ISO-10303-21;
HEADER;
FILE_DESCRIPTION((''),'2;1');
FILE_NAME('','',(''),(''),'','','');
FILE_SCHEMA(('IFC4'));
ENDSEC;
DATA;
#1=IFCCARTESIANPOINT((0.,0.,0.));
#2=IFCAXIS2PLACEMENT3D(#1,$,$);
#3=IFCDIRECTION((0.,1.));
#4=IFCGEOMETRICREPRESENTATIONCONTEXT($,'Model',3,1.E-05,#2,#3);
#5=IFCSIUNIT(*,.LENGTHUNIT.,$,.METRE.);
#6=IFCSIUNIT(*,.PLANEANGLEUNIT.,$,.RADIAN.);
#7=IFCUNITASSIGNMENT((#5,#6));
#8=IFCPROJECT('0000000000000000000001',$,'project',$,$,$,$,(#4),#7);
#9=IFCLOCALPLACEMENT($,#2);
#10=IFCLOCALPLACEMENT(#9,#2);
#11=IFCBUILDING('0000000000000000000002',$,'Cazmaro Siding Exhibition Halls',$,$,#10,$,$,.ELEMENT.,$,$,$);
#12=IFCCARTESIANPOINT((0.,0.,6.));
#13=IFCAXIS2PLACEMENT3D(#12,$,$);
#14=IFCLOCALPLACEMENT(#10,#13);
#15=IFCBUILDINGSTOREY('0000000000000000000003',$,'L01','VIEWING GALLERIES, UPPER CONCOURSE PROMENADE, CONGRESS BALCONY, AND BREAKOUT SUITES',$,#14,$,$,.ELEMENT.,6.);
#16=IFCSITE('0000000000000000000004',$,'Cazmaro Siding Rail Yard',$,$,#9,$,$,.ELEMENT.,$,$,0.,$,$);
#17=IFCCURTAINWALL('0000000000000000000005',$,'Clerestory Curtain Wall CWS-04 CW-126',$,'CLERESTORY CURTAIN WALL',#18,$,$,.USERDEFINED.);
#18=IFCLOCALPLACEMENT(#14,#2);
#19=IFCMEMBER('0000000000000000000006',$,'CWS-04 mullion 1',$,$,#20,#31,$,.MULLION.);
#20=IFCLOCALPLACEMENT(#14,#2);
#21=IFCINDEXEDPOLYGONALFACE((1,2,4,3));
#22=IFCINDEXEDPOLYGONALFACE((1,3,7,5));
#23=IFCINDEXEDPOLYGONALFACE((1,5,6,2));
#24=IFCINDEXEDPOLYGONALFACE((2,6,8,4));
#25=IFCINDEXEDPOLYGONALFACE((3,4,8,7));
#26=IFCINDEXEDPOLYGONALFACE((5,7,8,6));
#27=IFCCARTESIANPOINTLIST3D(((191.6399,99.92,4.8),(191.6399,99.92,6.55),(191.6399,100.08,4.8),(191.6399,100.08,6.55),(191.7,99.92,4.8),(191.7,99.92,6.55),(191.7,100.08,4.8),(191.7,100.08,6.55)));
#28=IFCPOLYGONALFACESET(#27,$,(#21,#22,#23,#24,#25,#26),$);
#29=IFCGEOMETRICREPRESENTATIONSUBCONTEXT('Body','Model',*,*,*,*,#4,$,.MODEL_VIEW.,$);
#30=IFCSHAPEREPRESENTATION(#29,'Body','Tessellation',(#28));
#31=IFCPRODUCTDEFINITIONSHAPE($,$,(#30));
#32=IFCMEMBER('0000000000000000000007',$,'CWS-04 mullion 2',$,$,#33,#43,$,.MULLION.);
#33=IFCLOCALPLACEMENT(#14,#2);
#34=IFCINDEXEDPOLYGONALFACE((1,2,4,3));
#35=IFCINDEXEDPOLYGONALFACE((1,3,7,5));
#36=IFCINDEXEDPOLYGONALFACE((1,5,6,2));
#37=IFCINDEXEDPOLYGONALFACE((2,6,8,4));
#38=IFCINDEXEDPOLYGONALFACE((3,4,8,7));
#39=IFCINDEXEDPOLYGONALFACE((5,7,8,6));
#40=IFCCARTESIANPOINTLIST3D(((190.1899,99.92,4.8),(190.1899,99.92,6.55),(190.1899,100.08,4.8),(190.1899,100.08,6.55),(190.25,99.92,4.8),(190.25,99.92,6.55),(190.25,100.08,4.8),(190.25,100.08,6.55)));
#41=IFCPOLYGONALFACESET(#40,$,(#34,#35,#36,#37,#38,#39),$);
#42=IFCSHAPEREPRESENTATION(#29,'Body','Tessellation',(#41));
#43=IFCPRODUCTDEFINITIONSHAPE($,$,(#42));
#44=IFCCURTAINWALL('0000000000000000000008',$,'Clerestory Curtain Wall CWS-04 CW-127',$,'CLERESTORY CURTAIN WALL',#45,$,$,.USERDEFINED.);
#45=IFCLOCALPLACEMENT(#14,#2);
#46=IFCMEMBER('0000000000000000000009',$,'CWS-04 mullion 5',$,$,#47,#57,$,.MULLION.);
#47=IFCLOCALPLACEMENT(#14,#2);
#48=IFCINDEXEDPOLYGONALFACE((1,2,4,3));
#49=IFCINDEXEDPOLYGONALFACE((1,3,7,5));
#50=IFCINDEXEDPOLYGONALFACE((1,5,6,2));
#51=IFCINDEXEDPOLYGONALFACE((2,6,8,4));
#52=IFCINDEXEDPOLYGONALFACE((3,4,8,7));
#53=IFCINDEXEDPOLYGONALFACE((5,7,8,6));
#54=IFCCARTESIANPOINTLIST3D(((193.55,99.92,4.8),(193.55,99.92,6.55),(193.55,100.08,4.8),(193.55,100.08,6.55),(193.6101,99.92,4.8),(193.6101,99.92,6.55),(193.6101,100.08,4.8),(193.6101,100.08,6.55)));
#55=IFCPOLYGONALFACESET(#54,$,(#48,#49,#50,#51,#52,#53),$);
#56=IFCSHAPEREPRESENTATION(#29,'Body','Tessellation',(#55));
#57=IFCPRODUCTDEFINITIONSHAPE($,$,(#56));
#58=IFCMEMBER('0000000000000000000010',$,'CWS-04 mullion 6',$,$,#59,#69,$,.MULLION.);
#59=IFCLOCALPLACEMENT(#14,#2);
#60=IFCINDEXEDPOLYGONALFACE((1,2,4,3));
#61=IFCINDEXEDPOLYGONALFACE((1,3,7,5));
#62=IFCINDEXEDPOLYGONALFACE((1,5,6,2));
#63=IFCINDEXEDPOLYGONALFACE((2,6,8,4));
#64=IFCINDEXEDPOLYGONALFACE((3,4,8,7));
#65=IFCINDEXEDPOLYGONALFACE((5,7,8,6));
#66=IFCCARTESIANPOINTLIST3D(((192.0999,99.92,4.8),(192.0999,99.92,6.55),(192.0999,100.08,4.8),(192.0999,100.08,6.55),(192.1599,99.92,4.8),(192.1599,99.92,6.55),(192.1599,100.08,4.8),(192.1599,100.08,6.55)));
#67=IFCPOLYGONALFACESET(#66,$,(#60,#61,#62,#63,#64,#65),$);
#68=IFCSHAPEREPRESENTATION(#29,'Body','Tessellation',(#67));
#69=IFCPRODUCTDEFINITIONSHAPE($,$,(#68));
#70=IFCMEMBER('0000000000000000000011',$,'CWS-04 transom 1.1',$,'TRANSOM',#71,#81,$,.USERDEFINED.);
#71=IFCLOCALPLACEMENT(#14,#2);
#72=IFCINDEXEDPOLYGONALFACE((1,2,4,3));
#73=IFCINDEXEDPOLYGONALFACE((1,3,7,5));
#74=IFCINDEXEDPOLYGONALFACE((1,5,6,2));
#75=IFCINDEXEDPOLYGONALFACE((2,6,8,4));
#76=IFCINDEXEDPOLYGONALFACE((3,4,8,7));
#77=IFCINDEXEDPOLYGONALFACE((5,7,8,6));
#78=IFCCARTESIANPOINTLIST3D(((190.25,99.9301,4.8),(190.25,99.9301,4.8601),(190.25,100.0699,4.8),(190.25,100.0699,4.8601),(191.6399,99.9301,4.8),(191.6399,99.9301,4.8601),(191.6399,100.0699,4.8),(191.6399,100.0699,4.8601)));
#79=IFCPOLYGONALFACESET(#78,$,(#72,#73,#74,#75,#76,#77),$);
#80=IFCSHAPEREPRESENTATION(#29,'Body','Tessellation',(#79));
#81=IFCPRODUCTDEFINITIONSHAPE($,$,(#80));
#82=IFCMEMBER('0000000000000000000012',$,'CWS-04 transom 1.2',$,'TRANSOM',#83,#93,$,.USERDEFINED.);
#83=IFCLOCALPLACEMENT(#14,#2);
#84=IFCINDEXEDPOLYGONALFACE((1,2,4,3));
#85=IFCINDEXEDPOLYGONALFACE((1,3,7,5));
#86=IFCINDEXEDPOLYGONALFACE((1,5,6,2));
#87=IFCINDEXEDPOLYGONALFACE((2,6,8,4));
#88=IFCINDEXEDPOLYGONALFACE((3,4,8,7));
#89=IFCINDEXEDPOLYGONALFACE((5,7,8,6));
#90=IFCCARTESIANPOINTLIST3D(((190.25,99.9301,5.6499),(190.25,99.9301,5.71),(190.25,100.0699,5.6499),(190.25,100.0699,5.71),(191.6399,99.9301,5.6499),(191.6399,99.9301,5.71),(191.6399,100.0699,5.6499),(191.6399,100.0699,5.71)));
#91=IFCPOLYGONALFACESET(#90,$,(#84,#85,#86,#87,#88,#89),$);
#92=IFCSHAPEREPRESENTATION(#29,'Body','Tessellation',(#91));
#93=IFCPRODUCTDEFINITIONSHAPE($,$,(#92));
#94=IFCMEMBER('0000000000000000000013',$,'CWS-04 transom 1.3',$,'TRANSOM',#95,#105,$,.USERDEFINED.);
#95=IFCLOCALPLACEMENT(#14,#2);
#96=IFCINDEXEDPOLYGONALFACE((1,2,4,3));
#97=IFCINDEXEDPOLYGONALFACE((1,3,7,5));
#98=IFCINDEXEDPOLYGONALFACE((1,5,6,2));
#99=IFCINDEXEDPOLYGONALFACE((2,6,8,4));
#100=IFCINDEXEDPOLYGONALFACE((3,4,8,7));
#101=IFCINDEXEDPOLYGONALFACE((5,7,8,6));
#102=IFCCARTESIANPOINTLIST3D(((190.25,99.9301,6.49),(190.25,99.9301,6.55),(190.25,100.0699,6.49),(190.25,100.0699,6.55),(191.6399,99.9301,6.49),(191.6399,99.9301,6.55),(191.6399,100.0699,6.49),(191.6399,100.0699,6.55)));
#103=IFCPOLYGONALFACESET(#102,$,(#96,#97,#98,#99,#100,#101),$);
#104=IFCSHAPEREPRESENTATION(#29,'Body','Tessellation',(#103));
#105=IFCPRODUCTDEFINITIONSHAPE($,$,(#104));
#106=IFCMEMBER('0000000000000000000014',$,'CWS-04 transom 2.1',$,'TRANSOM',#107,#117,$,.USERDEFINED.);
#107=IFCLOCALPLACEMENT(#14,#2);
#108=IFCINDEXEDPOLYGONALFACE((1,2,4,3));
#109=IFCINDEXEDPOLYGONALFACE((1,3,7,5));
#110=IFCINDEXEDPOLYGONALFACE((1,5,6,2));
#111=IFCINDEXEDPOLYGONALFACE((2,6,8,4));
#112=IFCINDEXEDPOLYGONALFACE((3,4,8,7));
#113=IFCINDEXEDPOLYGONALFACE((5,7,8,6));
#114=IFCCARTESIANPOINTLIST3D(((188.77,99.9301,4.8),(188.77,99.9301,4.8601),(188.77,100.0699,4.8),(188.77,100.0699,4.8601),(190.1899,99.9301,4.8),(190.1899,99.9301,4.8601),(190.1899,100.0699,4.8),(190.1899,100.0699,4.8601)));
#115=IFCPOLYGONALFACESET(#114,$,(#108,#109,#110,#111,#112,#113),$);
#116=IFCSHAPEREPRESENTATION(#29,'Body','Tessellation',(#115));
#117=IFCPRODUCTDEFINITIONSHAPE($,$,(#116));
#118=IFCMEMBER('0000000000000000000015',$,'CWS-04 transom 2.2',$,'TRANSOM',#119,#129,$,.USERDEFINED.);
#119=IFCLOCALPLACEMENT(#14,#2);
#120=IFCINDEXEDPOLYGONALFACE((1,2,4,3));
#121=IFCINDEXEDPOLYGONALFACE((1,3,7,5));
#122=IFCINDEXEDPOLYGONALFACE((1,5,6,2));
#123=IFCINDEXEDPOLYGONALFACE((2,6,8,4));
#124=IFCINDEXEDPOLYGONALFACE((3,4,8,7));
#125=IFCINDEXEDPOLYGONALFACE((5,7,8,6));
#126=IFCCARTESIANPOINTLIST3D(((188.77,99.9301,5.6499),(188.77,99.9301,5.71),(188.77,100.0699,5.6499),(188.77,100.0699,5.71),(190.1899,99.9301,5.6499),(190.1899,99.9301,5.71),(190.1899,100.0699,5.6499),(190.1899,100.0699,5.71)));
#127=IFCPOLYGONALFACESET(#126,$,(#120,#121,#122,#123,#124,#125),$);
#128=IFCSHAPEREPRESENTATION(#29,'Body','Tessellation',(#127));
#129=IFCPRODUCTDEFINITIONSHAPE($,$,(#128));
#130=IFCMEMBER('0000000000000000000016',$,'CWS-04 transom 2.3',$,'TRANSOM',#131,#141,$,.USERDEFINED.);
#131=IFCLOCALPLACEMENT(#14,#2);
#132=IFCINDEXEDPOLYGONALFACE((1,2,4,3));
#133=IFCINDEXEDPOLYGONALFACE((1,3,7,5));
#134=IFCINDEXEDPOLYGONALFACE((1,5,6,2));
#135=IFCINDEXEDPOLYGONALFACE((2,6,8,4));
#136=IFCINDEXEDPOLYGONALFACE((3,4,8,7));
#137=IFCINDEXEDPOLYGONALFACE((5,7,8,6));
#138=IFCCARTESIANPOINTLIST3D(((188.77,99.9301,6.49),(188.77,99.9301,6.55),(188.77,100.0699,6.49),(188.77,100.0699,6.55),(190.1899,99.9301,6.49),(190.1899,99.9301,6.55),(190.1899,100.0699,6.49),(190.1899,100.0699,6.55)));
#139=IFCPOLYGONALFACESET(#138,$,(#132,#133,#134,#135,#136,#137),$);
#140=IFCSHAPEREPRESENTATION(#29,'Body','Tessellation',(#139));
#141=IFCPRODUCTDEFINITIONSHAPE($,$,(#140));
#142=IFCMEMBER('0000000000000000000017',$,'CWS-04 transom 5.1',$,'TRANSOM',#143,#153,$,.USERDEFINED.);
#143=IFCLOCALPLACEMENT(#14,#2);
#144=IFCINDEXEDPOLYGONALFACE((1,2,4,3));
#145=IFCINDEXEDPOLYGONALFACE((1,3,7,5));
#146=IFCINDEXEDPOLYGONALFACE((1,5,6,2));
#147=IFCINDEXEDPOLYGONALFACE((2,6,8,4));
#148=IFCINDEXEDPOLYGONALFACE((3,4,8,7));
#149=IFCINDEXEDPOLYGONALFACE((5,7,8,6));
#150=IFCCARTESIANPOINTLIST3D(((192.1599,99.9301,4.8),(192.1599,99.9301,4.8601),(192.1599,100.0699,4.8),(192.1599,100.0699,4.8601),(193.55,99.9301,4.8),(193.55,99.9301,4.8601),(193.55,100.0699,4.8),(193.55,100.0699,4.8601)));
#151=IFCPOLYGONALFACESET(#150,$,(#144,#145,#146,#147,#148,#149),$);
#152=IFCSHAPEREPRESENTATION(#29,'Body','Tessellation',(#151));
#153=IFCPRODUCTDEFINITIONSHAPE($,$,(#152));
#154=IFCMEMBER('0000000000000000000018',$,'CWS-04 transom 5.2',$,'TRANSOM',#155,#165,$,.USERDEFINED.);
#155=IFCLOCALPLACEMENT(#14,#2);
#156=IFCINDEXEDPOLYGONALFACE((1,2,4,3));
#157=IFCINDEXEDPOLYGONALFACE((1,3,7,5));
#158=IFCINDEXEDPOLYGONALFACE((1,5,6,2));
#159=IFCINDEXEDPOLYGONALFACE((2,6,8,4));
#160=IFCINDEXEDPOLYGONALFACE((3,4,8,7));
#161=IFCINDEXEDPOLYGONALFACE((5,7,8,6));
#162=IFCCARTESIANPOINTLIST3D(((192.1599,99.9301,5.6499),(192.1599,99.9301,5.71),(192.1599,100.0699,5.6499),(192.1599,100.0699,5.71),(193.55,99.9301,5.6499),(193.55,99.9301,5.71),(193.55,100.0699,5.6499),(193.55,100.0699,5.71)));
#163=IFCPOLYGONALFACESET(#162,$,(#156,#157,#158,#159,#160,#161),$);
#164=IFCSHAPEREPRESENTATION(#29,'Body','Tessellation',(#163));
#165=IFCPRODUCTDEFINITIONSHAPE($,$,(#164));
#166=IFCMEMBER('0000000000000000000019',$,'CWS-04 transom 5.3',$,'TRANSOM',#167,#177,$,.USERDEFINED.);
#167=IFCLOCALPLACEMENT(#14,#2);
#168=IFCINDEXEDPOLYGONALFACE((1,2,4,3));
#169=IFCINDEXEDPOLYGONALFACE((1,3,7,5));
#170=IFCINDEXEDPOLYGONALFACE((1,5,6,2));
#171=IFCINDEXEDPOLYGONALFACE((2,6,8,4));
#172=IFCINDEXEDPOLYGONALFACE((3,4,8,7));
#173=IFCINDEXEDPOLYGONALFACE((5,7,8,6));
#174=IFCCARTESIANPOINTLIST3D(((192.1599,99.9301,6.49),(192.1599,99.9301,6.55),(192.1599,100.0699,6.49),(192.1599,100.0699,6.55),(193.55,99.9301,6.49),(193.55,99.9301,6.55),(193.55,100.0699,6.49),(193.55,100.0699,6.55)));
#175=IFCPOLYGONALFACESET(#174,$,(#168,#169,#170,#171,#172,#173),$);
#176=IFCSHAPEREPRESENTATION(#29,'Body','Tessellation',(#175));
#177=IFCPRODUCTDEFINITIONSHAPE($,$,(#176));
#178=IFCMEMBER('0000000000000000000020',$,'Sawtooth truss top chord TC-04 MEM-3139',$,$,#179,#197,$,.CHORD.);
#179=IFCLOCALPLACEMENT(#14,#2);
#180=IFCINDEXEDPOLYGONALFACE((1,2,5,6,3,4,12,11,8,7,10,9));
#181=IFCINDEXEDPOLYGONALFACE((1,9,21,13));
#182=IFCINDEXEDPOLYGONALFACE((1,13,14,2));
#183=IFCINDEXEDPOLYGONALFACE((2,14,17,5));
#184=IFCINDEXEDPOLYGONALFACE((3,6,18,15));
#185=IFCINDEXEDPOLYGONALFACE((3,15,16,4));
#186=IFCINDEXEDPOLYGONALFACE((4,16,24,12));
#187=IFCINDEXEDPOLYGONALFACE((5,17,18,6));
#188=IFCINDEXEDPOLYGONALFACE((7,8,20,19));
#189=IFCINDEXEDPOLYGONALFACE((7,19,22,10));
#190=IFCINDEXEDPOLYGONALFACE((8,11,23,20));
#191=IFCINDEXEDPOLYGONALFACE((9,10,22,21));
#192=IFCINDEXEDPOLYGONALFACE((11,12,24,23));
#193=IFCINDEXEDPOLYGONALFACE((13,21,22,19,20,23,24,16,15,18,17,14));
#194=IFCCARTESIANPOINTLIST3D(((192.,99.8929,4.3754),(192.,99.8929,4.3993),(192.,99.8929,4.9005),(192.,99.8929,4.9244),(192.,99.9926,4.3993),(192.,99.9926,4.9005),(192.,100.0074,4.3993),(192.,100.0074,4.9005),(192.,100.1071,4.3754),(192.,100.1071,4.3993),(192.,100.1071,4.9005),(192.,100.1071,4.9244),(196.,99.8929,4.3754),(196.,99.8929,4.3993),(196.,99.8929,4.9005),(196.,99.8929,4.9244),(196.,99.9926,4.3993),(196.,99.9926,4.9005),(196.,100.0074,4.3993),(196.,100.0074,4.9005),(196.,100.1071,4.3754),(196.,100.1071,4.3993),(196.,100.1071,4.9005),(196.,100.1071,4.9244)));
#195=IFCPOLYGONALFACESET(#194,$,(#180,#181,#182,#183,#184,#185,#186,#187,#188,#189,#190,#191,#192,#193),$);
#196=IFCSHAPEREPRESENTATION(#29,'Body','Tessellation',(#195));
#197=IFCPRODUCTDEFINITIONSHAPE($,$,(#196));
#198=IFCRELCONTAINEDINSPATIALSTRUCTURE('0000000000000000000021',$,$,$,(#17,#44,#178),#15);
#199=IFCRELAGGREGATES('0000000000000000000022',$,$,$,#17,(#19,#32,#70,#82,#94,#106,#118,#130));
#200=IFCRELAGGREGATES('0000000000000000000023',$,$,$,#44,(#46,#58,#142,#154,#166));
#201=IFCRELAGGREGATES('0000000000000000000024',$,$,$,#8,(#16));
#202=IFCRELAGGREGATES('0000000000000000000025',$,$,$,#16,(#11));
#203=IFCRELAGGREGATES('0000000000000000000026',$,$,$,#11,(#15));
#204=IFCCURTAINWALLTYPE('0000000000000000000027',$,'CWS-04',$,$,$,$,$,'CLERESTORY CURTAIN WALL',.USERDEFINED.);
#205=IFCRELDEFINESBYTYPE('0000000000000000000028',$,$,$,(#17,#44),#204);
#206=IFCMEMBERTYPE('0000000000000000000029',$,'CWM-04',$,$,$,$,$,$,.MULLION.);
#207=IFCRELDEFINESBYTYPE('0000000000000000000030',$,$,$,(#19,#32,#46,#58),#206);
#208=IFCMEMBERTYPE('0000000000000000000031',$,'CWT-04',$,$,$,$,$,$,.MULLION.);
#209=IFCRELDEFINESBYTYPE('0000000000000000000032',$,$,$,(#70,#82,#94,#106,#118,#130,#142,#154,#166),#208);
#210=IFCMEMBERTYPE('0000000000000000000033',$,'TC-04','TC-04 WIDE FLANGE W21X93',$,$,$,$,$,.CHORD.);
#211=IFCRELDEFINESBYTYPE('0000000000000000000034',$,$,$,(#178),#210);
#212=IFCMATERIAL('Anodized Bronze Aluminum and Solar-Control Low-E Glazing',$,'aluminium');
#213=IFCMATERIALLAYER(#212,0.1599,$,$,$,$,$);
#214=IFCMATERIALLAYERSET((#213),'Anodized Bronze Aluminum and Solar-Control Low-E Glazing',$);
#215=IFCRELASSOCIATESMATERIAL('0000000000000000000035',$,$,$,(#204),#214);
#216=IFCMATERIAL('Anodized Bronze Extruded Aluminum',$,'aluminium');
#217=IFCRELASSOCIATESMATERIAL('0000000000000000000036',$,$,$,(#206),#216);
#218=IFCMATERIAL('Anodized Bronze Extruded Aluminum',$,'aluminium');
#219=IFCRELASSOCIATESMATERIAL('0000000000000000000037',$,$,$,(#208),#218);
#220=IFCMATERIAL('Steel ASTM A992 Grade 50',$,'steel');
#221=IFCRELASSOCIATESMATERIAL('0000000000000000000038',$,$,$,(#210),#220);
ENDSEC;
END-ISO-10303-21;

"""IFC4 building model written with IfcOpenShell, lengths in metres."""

from ifc_helpers import new_model, si_unit, direction, frame, origin, origin_2d, place, context, subcontext, project, spatial, rectangle, i_section, extrude, material, layer, layer_set, material_profile, profile_set, type_object, element, aggregate, save


model = new_model("IFC4")

# Units and contexts
model_context = context("Model", 3, precision=1e-05, world=origin(), true_north=direction((0.0, 1.0)))
body_context = subcontext(model_context, "Body", "Model", "MODEL_VIEW")
ifc_project = project(units=[si_unit("LENGTHUNIT", "METRE"), si_unit("PLANEANGLEUNIT", "RADIAN")], contexts=[model_context])

# Site, building, storey
site_placement = place(None, origin())
site = spatial("IfcSite", under=ifc_project, at=site_placement, Name="Cazmaro Siding Rail Yard", CompositionType="ELEMENT", RefElevation=0.0)
building_placement = place(site_placement, origin())
building = spatial("IfcBuilding", under=site, at=building_placement, Name="Cazmaro Siding Exhibition Halls", CompositionType="ELEMENT")
storey_placement = place(building_placement, frame((0.0, 0.0, 6.0)))
storey = spatial("IfcBuildingStorey", under=building, at=storey_placement, Name="L01", Description="VIEWING GALLERIES, UPPER CONCOURSE PROMENADE, CONGRESS BALCONY, AND BREAKOUT SUITES", CompositionType="ELEMENT", Elevation=6.0)

# Curtain walls, members
ifc_material_1 = material(Name="Anodized Bronze Aluminum and Solar-Control Low-E Glazing", Category="aluminium")
ifc_layer_1 = layer(ifc_material_1, 0.1599)
ifc_layer_set_1 = layer_set([ifc_layer_1], Name="Anodized Bronze Aluminum and Solar-Control Low-E Glazing")
curtain_wall_type = type_object("IfcCurtainWallType", Name="CWS-04", ElementType="CLERESTORY CURTAIN WALL", PredefinedType="USERDEFINED", material=ifc_layer_set_1)
curtain_wall_1_placement = place(storey_placement, origin())
curtain_wall_1 = element("IfcCurtainWall", 1, at=curtain_wall_1_placement, inside=storey, type_object=curtain_wall_type, Name="Clerestory Curtain Wall CWS-04 CW-126", ObjectType="CLERESTORY CURTAIN WALL", PredefinedType="USERDEFINED")
ifc_material_2 = material(Name="Anodized Bronze Extruded Aluminum", Category="aluminium")
ifc_material_profile_1 = material_profile(ifc_material_2, rectangle(XDim=0.1599, YDim=0.0601, at=origin_2d()), Name="CWM-04")
ifc_profile_set_1 = profile_set([ifc_material_profile_1], Name="Anodized Bronze Extruded Aluminum")
member_type_1 = type_object("IfcMemberType", Name="CWM-04", PredefinedType="MULLION", material=ifc_profile_set_1)
member_1_placement = place(storey_placement, frame((191.6699, 100.0, 4.8), z_axis=(0.0, 0.0, 1.0), x_axis=(0.0, -1.0, 0.0)))
member_1 = element("IfcMember", 2, at=member_1_placement, type_object=member_type_1, Name="CWS-04 mullion 1", PredefinedType="MULLION", context=body_context, shape_type="SweptSolid", body=[
    extrude(rectangle(XDim=0.1599, YDim=0.0601, at=origin_2d()), origin(), (0.0, 0.0, 1.0), 1.75),
])
member_2_placement = place(storey_placement, frame((190.22, 100.0, 4.8), z_axis=(0.0, 0.0, 1.0), x_axis=(0.0, -1.0, 0.0)))
member_2 = element("IfcMember", 3, at=member_2_placement, type_object=member_type_1, Name="CWS-04 mullion 2", PredefinedType="MULLION", context=body_context, shape_type="SweptSolid", body=[
    extrude(rectangle(XDim=0.1599, YDim=0.0601, at=origin_2d()), origin(), (0.0, 0.0, 1.0), 1.75),
])
curtain_wall_2_placement = place(storey_placement, origin())
curtain_wall_2 = element("IfcCurtainWall", 4, at=curtain_wall_2_placement, inside=storey, type_object=curtain_wall_type, Name="Clerestory Curtain Wall CWS-04 CW-127", ObjectType="CLERESTORY CURTAIN WALL", PredefinedType="USERDEFINED")
member_3_placement = place(storey_placement, frame((193.5801, 100.0, 4.8), z_axis=(0.0, 0.0, 1.0), x_axis=(0.0, -1.0, 0.0)))
member_3 = element("IfcMember", 5, at=member_3_placement, type_object=member_type_1, Name="CWS-04 mullion 5", PredefinedType="MULLION", context=body_context, shape_type="SweptSolid", body=[
    extrude(rectangle(XDim=0.1599, YDim=0.0601, at=origin_2d()), origin(), (0.0, 0.0, 1.0), 1.75),
])
member_4_placement = place(storey_placement, frame((192.1299, 100.0, 4.8), z_axis=(0.0, 0.0, 1.0), x_axis=(0.0, -1.0, 0.0)))
member_4 = element("IfcMember", 6, at=member_4_placement, type_object=member_type_1, Name="CWS-04 mullion 6", PredefinedType="MULLION", context=body_context, shape_type="SweptSolid", body=[
    extrude(rectangle(XDim=0.1599, YDim=0.0601, at=origin_2d()), origin(), (0.0, 0.0, 1.0), 1.75),
])

# Members
ifc_material_3 = material(Name="Anodized Bronze Extruded Aluminum", Category="aluminium")
ifc_material_profile_2 = material_profile(ifc_material_3, rectangle(XDim=0.1399, YDim=0.0601, at=origin_2d()), Name="CWT-04")
ifc_profile_set_2 = profile_set([ifc_material_profile_2], Name="Anodized Bronze Extruded Aluminum")
member_type_2 = type_object("IfcMemberType", Name="CWT-04", PredefinedType="MULLION", material=ifc_profile_set_2)
member_5_placement = place(storey_placement, frame((191.6399, 100.0, 4.8301), z_axis=(-1.0, 0.0, 0.0), x_axis=(0.0, -1.0, 0.0)))
member_5 = element("IfcMember", 7, at=member_5_placement, type_object=member_type_2, Name="CWS-04 transom 1.1", ObjectType="TRANSOM", PredefinedType="USERDEFINED", context=body_context, shape_type="SweptSolid", body=[
    extrude(rectangle(XDim=0.1399, YDim=0.0601, at=origin_2d()), origin(), (0.0, 0.0, 1.0), 1.3899),
])
member_6_placement = place(storey_placement, frame((191.6399, 100.0, 5.6799), z_axis=(-1.0, 0.0, 0.0), x_axis=(0.0, -1.0, 0.0)))
member_6 = element("IfcMember", 8, at=member_6_placement, type_object=member_type_2, Name="CWS-04 transom 1.2", ObjectType="TRANSOM", PredefinedType="USERDEFINED", context=body_context, shape_type="SweptSolid", body=[
    extrude(rectangle(XDim=0.1399, YDim=0.0601, at=origin_2d()), origin(), (0.0, 0.0, 1.0), 1.3899),
])
member_7_placement = place(storey_placement, frame((191.6399, 100.0, 6.52), z_axis=(-1.0, 0.0, 0.0), x_axis=(0.0, -1.0, 0.0)))
member_7 = element("IfcMember", 9, at=member_7_placement, type_object=member_type_2, Name="CWS-04 transom 1.3", ObjectType="TRANSOM", PredefinedType="USERDEFINED", context=body_context, shape_type="SweptSolid", body=[
    extrude(rectangle(XDim=0.1399, YDim=0.0601, at=origin_2d()), origin(), (0.0, 0.0, 1.0), 1.3899),
])
member_8_placement = place(storey_placement, frame((190.1899, 100.0, 4.8301), z_axis=(-1.0, 0.0, 0.0), x_axis=(0.0, -1.0, 0.0)))
member_8 = element("IfcMember", 10, at=member_8_placement, type_object=member_type_2, Name="CWS-04 transom 2.1", ObjectType="TRANSOM", PredefinedType="USERDEFINED", context=body_context, shape_type="SweptSolid", body=[
    extrude(rectangle(XDim=0.1399, YDim=0.0601, at=origin_2d()), origin(), (0.0, 0.0, 1.0), 1.4199),
])
member_9_placement = place(storey_placement, frame((190.1899, 100.0, 5.6799), z_axis=(-1.0, 0.0, 0.0), x_axis=(0.0, -1.0, 0.0)))
member_9 = element("IfcMember", 11, at=member_9_placement, type_object=member_type_2, Name="CWS-04 transom 2.2", ObjectType="TRANSOM", PredefinedType="USERDEFINED", context=body_context, shape_type="SweptSolid", body=[
    extrude(rectangle(XDim=0.1399, YDim=0.0601, at=origin_2d()), origin(), (0.0, 0.0, 1.0), 1.4199),
])
member_10_placement = place(storey_placement, frame((190.1899, 100.0, 6.52), z_axis=(-1.0, 0.0, 0.0), x_axis=(0.0, -1.0, 0.0)))
member_10 = element("IfcMember", 12, at=member_10_placement, type_object=member_type_2, Name="CWS-04 transom 2.3", ObjectType="TRANSOM", PredefinedType="USERDEFINED", context=body_context, shape_type="SweptSolid", body=[
    extrude(rectangle(XDim=0.1399, YDim=0.0601, at=origin_2d()), origin(), (0.0, 0.0, 1.0), 1.4199),
])
member_11_placement = place(storey_placement, frame((193.55, 100.0, 4.8301), z_axis=(-1.0, 0.0, 0.0), x_axis=(0.0, -1.0, 0.0)))
member_11 = element("IfcMember", 13, at=member_11_placement, type_object=member_type_2, Name="CWS-04 transom 5.1", ObjectType="TRANSOM", PredefinedType="USERDEFINED", context=body_context, shape_type="SweptSolid", body=[
    extrude(rectangle(XDim=0.1399, YDim=0.0601, at=origin_2d()), origin(), (0.0, 0.0, 1.0), 1.3901),
])
member_12_placement = place(storey_placement, frame((193.55, 100.0, 5.6799), z_axis=(-1.0, 0.0, 0.0), x_axis=(0.0, -1.0, 0.0)))
member_12 = element("IfcMember", 14, at=member_12_placement, type_object=member_type_2, Name="CWS-04 transom 5.2", ObjectType="TRANSOM", PredefinedType="USERDEFINED", context=body_context, shape_type="SweptSolid", body=[
    extrude(rectangle(XDim=0.1399, YDim=0.0601, at=origin_2d()), origin(), (0.0, 0.0, 1.0), 1.3901),
])
member_13_placement = place(storey_placement, frame((193.55, 100.0, 6.52), z_axis=(-1.0, 0.0, 0.0), x_axis=(0.0, -1.0, 0.0)))
member_13 = element("IfcMember", 15, at=member_13_placement, type_object=member_type_2, Name="CWS-04 transom 5.3", ObjectType="TRANSOM", PredefinedType="USERDEFINED", context=body_context, shape_type="SweptSolid", body=[
    extrude(rectangle(XDim=0.1399, YDim=0.0601, at=origin_2d()), origin(), (0.0, 0.0, 1.0), 1.3901),
])

# Member
ifc_material_4 = material(Name="Steel ASTM A992 Grade 50", Category="steel")
ifc_material_profile_3 = material_profile(ifc_material_4, i_section(OverallWidth=0.2141, OverallDepth=0.5491, WebThickness=0.0149, FlangeThickness=0.0239, at=origin_2d()), Name="W21X93")
ifc_profile_set_3 = profile_set([ifc_material_profile_3], Name="Steel ASTM A992 Grade 50")
member_type_3 = type_object("IfcMemberType", Name="TC-04", Description="TC-04 WIDE FLANGE W21X93", PredefinedType="CHORD", material=ifc_profile_set_3)
member_14_placement = place(storey_placement, frame((192.0, 100.0, 4.6499), z_axis=(1.0, 0.0, 0.0), x_axis=(0.0, 1.0, 0.0)))
element("IfcMember", 16, at=member_14_placement, inside=storey, type_object=member_type_3, Name="Sawtooth truss top chord TC-04 MEM-3139", PredefinedType="CHORD", context=body_context, shape_type="SweptSolid", body=[
    extrude(i_section(OverallWidth=0.2141, OverallDepth=0.5491, WebThickness=0.0149, FlangeThickness=0.0239, at=origin_2d()), origin(), (0.0, 0.0, 1.0), 4.0),
])

aggregate(curtain_wall_1, [member_1, member_2, member_5, member_6, member_7, member_8, member_9, member_10])
aggregate(curtain_wall_2, [member_3, member_4, member_11, member_12, member_13])

save(model, "model.ifc")
